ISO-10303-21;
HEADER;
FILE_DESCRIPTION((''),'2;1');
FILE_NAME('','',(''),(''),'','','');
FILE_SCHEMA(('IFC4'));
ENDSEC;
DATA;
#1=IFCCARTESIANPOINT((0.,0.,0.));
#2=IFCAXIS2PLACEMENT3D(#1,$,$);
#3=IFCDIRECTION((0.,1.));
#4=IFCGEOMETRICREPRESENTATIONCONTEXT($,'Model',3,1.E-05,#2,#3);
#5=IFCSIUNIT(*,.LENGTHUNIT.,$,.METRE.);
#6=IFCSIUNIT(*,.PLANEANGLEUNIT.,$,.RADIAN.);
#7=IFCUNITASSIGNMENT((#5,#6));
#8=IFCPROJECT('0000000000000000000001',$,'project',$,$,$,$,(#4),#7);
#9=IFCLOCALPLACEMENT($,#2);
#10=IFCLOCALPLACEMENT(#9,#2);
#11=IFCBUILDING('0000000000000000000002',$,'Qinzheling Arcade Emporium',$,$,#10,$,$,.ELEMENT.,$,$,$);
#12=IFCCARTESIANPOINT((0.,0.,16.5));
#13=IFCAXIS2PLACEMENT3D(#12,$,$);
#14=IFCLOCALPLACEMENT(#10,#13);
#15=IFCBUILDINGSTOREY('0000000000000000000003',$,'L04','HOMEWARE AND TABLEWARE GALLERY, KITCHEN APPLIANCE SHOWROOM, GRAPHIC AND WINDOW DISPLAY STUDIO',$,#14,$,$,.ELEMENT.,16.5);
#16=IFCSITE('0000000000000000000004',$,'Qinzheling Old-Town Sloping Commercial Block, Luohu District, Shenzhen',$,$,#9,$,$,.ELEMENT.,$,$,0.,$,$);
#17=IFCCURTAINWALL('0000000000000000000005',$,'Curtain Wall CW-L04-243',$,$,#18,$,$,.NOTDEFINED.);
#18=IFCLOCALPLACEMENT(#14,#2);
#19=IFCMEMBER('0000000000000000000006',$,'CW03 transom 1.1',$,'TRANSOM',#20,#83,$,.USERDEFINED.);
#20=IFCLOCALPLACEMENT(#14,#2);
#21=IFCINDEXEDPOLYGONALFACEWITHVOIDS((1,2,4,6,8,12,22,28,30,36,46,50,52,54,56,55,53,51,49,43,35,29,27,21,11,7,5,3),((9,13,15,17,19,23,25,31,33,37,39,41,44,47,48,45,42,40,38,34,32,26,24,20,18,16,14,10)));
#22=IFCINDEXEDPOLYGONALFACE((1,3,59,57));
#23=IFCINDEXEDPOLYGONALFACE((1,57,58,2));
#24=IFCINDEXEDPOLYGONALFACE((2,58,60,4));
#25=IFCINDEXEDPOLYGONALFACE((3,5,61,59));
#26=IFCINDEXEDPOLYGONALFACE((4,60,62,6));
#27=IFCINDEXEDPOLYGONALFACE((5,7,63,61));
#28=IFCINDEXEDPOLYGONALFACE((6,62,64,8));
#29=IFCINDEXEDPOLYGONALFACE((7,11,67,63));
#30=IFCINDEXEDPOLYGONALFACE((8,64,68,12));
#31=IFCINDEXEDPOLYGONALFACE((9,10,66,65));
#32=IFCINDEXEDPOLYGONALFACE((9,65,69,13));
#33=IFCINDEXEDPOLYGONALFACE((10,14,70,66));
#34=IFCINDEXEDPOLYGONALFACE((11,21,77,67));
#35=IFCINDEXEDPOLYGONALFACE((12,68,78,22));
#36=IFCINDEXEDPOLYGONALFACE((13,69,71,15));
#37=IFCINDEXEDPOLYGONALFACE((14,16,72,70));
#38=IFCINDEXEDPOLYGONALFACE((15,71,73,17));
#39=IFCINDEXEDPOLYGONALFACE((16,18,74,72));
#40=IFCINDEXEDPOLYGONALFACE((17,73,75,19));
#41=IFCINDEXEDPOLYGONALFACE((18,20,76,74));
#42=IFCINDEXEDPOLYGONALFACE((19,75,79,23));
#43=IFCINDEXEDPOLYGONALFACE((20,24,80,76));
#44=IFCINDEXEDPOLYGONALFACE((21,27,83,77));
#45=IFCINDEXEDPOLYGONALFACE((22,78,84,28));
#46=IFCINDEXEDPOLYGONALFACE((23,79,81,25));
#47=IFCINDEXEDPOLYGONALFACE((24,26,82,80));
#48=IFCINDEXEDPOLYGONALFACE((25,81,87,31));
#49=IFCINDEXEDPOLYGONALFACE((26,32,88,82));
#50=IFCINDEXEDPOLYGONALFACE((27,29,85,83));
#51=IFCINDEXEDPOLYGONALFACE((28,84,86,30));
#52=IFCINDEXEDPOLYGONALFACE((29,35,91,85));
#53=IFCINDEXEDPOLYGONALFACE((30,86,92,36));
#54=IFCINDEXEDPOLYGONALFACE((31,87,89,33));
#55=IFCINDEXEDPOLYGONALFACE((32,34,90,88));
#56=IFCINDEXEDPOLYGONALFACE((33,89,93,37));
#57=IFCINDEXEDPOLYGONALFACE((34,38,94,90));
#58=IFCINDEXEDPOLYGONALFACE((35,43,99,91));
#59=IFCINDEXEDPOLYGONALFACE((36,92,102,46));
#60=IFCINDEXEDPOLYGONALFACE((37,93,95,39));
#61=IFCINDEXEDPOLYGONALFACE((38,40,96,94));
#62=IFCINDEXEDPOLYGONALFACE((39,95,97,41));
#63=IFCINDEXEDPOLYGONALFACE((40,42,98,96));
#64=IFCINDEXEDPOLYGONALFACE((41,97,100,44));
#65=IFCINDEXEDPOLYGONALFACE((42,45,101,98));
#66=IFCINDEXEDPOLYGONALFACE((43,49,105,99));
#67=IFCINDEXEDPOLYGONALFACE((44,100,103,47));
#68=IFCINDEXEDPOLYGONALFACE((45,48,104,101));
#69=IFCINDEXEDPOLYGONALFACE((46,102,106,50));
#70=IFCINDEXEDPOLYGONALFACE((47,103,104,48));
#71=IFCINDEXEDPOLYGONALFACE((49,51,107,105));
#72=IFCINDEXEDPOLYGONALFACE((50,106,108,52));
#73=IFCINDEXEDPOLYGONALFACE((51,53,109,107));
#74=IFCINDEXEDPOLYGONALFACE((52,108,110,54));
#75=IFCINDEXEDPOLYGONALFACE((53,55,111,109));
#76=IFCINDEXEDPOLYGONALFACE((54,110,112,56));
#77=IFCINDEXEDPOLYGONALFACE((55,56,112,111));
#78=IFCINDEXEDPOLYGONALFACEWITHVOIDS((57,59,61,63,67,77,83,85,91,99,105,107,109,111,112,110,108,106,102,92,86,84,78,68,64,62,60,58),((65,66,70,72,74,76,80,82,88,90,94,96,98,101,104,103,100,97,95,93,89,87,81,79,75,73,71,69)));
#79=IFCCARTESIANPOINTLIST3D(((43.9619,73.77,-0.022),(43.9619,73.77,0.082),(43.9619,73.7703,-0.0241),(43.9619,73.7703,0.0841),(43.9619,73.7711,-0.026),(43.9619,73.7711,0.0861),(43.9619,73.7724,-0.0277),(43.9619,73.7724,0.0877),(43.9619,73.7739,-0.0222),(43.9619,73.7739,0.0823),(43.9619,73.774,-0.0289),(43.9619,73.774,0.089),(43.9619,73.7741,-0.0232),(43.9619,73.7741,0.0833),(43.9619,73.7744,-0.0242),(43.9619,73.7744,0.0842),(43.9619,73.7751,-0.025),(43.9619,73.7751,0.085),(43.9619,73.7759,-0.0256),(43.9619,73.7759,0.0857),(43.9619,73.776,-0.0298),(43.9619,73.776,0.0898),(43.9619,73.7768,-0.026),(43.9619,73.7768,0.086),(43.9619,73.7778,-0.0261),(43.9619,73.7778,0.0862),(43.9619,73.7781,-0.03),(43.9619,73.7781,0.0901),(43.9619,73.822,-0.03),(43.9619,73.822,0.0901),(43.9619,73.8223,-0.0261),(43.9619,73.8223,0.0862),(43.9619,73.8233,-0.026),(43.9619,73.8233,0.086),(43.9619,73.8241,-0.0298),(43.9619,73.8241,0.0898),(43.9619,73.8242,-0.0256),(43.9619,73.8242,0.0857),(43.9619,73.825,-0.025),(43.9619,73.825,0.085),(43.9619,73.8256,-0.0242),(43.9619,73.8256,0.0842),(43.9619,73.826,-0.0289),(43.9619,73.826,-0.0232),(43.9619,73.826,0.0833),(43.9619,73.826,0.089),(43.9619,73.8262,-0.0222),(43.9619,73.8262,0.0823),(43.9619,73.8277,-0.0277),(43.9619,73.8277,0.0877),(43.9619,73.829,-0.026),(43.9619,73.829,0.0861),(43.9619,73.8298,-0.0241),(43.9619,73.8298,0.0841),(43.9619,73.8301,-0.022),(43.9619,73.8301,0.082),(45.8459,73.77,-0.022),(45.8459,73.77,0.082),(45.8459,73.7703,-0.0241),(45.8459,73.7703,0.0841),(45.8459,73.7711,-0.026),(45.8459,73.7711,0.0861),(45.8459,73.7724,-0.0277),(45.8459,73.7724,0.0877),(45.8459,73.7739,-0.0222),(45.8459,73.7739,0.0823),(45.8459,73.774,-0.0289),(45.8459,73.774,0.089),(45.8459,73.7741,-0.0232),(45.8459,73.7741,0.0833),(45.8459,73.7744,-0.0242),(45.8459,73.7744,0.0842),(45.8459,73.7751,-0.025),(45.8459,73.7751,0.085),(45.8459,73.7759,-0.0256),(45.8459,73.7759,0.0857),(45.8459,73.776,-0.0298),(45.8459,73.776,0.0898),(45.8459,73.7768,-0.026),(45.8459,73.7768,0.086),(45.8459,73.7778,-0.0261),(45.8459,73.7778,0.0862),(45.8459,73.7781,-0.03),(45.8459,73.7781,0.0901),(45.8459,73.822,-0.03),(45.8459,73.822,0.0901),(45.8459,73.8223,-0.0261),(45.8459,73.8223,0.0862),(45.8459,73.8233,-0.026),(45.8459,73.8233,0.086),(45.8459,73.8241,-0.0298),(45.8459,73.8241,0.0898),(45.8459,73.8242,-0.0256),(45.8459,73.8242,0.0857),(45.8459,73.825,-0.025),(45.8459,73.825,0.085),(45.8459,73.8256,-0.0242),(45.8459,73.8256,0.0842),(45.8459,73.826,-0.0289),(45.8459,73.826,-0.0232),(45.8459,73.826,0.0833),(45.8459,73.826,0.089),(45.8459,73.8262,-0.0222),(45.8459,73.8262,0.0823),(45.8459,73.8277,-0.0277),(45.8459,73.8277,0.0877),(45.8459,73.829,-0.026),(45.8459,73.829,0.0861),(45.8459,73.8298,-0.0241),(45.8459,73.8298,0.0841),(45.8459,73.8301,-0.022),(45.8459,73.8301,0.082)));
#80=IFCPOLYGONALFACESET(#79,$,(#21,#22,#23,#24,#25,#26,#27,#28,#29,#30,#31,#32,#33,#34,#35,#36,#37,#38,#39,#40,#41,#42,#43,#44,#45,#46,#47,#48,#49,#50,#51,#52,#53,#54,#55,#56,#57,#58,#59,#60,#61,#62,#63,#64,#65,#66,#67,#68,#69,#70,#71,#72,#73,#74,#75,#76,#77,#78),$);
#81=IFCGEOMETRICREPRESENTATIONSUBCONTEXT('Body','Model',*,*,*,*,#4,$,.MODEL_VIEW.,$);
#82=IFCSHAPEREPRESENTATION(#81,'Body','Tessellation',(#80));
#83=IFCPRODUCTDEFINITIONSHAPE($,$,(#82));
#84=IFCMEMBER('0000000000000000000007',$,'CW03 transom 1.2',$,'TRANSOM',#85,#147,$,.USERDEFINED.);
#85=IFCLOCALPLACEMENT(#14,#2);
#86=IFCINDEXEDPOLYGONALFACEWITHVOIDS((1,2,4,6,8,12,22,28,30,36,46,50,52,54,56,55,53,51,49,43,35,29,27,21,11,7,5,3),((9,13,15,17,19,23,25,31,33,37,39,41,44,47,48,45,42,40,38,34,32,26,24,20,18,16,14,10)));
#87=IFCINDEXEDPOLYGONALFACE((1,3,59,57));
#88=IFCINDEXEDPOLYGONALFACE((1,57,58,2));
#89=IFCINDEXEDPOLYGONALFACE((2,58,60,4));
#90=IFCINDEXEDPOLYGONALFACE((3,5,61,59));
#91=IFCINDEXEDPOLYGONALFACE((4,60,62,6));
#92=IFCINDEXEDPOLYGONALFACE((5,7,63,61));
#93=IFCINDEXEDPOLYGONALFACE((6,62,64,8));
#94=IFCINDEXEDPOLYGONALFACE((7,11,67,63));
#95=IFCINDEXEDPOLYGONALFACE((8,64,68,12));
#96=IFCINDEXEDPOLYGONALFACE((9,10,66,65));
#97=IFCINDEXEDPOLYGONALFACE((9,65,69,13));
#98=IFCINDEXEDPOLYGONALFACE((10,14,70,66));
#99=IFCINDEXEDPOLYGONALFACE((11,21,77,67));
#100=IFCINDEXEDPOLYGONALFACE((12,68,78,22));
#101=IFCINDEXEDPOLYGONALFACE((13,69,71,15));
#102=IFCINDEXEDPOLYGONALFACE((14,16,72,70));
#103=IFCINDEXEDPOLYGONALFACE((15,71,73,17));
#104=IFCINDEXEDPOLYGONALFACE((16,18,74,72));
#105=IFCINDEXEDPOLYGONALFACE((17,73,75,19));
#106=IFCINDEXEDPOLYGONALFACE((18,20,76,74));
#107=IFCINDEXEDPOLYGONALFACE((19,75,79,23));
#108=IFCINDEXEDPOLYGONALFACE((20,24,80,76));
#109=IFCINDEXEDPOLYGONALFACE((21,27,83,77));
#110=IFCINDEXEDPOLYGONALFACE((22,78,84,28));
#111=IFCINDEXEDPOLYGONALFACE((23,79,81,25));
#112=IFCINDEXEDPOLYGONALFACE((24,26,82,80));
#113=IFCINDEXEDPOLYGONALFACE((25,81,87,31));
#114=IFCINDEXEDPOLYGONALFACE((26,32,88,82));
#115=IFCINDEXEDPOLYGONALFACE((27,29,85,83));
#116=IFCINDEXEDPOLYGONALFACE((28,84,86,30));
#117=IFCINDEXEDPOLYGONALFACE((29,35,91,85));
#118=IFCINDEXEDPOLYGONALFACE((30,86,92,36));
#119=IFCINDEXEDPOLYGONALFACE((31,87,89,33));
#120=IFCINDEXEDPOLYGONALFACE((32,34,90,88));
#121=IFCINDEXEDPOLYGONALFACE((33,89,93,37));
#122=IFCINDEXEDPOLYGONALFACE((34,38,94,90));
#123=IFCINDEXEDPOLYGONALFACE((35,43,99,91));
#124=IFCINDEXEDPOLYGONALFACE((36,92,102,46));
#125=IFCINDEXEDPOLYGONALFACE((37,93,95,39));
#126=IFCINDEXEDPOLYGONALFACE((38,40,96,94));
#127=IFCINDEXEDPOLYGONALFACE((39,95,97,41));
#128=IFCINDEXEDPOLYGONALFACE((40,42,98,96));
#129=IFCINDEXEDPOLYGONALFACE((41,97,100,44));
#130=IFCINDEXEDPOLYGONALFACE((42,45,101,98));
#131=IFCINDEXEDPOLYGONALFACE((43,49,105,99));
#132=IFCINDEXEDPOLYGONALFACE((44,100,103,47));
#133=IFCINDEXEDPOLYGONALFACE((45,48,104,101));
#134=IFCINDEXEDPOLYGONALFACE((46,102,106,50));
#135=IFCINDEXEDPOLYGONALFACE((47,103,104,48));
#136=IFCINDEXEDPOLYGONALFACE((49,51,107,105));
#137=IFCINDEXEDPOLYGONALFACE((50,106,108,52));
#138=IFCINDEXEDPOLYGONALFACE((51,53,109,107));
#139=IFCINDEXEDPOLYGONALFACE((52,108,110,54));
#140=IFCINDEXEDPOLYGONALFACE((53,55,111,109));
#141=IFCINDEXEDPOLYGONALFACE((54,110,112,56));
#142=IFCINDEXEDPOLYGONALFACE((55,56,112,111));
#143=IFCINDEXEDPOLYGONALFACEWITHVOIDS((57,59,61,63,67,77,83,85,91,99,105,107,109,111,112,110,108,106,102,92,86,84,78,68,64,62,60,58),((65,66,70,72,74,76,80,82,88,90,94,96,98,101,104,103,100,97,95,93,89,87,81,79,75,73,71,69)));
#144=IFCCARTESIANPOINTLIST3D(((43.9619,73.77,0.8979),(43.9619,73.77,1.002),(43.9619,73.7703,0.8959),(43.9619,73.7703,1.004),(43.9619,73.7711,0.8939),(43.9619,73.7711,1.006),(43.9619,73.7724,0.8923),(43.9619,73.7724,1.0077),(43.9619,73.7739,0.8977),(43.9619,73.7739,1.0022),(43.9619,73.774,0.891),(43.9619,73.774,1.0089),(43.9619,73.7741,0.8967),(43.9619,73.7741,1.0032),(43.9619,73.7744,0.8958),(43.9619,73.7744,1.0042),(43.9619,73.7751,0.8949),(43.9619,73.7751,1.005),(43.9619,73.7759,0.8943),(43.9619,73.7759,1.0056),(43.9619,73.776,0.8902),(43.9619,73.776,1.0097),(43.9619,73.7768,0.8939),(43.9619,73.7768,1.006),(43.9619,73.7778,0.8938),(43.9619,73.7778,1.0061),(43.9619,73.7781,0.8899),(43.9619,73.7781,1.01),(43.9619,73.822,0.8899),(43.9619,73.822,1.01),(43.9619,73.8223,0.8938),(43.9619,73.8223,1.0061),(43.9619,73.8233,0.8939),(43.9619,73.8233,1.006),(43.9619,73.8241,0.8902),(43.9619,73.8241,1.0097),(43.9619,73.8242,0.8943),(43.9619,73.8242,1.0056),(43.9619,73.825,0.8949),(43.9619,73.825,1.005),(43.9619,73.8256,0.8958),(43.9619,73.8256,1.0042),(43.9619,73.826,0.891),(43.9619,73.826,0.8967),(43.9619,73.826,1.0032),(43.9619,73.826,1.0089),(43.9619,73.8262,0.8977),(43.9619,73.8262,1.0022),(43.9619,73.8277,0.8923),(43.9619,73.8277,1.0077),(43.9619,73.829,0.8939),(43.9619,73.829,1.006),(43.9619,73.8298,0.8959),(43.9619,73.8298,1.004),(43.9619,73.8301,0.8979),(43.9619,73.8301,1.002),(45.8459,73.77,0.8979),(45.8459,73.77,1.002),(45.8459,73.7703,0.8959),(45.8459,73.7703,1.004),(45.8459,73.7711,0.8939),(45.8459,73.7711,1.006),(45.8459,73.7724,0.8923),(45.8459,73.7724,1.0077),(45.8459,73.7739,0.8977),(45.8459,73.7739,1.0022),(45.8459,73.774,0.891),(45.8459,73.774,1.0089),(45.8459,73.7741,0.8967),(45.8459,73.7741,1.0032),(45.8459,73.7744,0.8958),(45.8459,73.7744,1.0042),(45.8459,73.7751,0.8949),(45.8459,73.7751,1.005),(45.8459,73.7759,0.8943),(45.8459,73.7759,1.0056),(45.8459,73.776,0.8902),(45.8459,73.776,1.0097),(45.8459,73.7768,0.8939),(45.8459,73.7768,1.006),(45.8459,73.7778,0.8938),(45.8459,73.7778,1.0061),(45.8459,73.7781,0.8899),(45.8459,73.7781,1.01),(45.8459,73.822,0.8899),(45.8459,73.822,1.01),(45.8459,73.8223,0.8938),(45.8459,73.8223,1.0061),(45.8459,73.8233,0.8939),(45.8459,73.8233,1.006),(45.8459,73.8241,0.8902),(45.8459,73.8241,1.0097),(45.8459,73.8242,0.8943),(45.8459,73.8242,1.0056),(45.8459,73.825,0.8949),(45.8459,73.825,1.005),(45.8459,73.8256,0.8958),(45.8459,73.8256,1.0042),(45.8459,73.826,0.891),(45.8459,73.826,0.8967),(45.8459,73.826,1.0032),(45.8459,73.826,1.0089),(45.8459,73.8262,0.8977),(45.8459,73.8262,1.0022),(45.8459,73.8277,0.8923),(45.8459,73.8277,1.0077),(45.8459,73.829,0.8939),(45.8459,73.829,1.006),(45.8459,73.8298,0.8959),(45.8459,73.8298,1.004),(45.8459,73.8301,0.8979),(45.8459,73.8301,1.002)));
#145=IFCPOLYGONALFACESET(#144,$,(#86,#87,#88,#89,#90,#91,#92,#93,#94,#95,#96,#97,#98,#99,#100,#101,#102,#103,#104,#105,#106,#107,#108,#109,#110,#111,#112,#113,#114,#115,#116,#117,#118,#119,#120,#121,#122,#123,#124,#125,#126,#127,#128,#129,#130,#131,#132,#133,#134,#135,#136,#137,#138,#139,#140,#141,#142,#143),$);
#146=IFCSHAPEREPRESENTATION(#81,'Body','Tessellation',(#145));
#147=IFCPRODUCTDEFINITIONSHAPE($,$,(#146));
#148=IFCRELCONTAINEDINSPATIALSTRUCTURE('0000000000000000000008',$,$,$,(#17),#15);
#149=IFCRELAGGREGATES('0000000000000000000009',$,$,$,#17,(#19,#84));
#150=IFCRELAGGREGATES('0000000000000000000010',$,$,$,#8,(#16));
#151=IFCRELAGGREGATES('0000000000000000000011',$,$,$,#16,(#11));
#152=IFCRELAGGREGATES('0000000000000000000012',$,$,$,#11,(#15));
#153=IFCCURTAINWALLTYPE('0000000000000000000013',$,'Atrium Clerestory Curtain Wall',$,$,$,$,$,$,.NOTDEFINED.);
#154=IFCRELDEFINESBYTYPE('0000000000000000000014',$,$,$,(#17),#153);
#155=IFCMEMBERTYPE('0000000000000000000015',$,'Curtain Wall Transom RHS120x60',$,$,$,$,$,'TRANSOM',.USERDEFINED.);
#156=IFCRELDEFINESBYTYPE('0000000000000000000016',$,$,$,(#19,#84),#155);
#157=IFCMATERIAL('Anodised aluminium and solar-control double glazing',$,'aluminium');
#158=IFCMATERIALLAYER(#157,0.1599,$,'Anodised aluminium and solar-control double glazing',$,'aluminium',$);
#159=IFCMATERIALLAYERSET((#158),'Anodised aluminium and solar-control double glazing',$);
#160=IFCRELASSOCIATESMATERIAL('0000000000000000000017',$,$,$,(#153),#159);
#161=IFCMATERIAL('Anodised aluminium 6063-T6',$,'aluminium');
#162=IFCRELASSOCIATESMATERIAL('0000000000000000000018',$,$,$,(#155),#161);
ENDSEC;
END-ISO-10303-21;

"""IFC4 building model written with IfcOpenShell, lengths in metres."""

from ifc_helpers import new_model, si_unit, direction, frame, origin, origin_2d, place, context, subcontext, project, spatial, hollow_rectangle, extrude, material, layer, layer_set, material_profile, profile_set, type_object, element, aggregate, save


model = new_model("IFC4")

# Units and contexts
model_context = context("Model", 3, precision=1e-05, world=origin(), true_north=direction((0.0, 1.0)))
body_context = subcontext(model_context, "Body", "Model", "MODEL_VIEW")
ifc_project = project(units=[si_unit("LENGTHUNIT", "METRE"), si_unit("PLANEANGLEUNIT", "RADIAN")], contexts=[model_context])

# Site, building, storey
site_placement = place(None, origin())
site = spatial("IfcSite", under=ifc_project, at=site_placement, Name="Qinzheling Old-Town Sloping Commercial Block, Luohu District, Shenzhen", CompositionType="ELEMENT", RefElevation=0.0)
building_placement = place(site_placement, origin())
building = spatial("IfcBuilding", under=site, at=building_placement, Name="Qinzheling Arcade Emporium", CompositionType="ELEMENT")
storey_placement = place(building_placement, frame((0.0, 0.0, 16.5)))
storey = spatial("IfcBuildingStorey", under=building, at=storey_placement, Name="L04", Description="HOMEWARE AND TABLEWARE GALLERY, KITCHEN APPLIANCE SHOWROOM, GRAPHIC AND WINDOW DISPLAY STUDIO", CompositionType="ELEMENT", Elevation=16.5)

# Curtain wall, members
ifc_material_1 = material(Name="Anodised aluminium and solar-control double glazing", Category="aluminium")
ifc_layer_1 = layer(ifc_material_1, 0.1599, Name="Anodised aluminium and solar-control double glazing", Category="aluminium")
ifc_layer_set_1 = layer_set([ifc_layer_1], Name="Anodised aluminium and solar-control double glazing")
curtain_wall_type = type_object("IfcCurtainWallType", Name="Atrium Clerestory Curtain Wall", PredefinedType="NOTDEFINED", material=ifc_layer_set_1)
curtain_wall_placement = place(storey_placement, origin())
curtain_wall = element("IfcCurtainWall", 1, at=curtain_wall_placement, inside=storey, type_object=curtain_wall_type, Name="Curtain Wall CW-L04-243", PredefinedType="NOTDEFINED")
ifc_material_2 = material(Name="Anodised aluminium 6063-T6", Category="aluminium")
ifc_material_profile_1 = material_profile(ifc_material_2, hollow_rectangle(XDim=0.0601, YDim=0.1201, WallThickness=0.0039, InnerFilletRadius=0.0039, OuterFilletRadius=0.0081, at=origin_2d()), Name="RHS 120x60x4", Category="aluminium")
ifc_profile_set_1 = profile_set([ifc_material_profile_1], Name="Anodised aluminium 6063-T6")
member_type_1 = type_object("IfcMemberType", Name="Curtain Wall Transom RHS120x60", ElementType="TRANSOM", PredefinedType="USERDEFINED", material=ifc_profile_set_1)
member_1_placement = place(storey_placement, frame((43.9619, 73.8, 0.03), z_axis=(1.0, 0.0, 0.0), x_axis=(0.0, 1.0, 0.0)))
member_1 = element("IfcMember", 2, at=member_1_placement, type_object=member_type_1, Name="CW03 transom 1.1", ObjectType="TRANSOM", PredefinedType="USERDEFINED", context=body_context, shape_type="SweptSolid", body=[
    extrude(hollow_rectangle(XDim=0.0601, YDim=0.1201, WallThickness=0.0039, InnerFilletRadius=0.0039, OuterFilletRadius=0.0081, at=origin_2d()), origin(), (0.0, 0.0, 1.0), 1.884),
])
member_2_placement = place(storey_placement, frame((43.9619, 73.8, 0.95), z_axis=(1.0, 0.0, 0.0), x_axis=(0.0, 1.0, 0.0)))
member_2 = element("IfcMember", 3, at=member_2_placement, type_object=member_type_1, Name="CW03 transom 1.2", ObjectType="TRANSOM", PredefinedType="USERDEFINED", context=body_context, shape_type="SweptSolid", body=[
    extrude(hollow_rectangle(XDim=0.0601, YDim=0.1201, WallThickness=0.0039, InnerFilletRadius=0.0039, OuterFilletRadius=0.0081, at=origin_2d()), origin(), (0.0, 0.0, 1.0), 1.884),
])

aggregate(curtain_wall, [member_1, member_2])

save(model, "model.ifc")
